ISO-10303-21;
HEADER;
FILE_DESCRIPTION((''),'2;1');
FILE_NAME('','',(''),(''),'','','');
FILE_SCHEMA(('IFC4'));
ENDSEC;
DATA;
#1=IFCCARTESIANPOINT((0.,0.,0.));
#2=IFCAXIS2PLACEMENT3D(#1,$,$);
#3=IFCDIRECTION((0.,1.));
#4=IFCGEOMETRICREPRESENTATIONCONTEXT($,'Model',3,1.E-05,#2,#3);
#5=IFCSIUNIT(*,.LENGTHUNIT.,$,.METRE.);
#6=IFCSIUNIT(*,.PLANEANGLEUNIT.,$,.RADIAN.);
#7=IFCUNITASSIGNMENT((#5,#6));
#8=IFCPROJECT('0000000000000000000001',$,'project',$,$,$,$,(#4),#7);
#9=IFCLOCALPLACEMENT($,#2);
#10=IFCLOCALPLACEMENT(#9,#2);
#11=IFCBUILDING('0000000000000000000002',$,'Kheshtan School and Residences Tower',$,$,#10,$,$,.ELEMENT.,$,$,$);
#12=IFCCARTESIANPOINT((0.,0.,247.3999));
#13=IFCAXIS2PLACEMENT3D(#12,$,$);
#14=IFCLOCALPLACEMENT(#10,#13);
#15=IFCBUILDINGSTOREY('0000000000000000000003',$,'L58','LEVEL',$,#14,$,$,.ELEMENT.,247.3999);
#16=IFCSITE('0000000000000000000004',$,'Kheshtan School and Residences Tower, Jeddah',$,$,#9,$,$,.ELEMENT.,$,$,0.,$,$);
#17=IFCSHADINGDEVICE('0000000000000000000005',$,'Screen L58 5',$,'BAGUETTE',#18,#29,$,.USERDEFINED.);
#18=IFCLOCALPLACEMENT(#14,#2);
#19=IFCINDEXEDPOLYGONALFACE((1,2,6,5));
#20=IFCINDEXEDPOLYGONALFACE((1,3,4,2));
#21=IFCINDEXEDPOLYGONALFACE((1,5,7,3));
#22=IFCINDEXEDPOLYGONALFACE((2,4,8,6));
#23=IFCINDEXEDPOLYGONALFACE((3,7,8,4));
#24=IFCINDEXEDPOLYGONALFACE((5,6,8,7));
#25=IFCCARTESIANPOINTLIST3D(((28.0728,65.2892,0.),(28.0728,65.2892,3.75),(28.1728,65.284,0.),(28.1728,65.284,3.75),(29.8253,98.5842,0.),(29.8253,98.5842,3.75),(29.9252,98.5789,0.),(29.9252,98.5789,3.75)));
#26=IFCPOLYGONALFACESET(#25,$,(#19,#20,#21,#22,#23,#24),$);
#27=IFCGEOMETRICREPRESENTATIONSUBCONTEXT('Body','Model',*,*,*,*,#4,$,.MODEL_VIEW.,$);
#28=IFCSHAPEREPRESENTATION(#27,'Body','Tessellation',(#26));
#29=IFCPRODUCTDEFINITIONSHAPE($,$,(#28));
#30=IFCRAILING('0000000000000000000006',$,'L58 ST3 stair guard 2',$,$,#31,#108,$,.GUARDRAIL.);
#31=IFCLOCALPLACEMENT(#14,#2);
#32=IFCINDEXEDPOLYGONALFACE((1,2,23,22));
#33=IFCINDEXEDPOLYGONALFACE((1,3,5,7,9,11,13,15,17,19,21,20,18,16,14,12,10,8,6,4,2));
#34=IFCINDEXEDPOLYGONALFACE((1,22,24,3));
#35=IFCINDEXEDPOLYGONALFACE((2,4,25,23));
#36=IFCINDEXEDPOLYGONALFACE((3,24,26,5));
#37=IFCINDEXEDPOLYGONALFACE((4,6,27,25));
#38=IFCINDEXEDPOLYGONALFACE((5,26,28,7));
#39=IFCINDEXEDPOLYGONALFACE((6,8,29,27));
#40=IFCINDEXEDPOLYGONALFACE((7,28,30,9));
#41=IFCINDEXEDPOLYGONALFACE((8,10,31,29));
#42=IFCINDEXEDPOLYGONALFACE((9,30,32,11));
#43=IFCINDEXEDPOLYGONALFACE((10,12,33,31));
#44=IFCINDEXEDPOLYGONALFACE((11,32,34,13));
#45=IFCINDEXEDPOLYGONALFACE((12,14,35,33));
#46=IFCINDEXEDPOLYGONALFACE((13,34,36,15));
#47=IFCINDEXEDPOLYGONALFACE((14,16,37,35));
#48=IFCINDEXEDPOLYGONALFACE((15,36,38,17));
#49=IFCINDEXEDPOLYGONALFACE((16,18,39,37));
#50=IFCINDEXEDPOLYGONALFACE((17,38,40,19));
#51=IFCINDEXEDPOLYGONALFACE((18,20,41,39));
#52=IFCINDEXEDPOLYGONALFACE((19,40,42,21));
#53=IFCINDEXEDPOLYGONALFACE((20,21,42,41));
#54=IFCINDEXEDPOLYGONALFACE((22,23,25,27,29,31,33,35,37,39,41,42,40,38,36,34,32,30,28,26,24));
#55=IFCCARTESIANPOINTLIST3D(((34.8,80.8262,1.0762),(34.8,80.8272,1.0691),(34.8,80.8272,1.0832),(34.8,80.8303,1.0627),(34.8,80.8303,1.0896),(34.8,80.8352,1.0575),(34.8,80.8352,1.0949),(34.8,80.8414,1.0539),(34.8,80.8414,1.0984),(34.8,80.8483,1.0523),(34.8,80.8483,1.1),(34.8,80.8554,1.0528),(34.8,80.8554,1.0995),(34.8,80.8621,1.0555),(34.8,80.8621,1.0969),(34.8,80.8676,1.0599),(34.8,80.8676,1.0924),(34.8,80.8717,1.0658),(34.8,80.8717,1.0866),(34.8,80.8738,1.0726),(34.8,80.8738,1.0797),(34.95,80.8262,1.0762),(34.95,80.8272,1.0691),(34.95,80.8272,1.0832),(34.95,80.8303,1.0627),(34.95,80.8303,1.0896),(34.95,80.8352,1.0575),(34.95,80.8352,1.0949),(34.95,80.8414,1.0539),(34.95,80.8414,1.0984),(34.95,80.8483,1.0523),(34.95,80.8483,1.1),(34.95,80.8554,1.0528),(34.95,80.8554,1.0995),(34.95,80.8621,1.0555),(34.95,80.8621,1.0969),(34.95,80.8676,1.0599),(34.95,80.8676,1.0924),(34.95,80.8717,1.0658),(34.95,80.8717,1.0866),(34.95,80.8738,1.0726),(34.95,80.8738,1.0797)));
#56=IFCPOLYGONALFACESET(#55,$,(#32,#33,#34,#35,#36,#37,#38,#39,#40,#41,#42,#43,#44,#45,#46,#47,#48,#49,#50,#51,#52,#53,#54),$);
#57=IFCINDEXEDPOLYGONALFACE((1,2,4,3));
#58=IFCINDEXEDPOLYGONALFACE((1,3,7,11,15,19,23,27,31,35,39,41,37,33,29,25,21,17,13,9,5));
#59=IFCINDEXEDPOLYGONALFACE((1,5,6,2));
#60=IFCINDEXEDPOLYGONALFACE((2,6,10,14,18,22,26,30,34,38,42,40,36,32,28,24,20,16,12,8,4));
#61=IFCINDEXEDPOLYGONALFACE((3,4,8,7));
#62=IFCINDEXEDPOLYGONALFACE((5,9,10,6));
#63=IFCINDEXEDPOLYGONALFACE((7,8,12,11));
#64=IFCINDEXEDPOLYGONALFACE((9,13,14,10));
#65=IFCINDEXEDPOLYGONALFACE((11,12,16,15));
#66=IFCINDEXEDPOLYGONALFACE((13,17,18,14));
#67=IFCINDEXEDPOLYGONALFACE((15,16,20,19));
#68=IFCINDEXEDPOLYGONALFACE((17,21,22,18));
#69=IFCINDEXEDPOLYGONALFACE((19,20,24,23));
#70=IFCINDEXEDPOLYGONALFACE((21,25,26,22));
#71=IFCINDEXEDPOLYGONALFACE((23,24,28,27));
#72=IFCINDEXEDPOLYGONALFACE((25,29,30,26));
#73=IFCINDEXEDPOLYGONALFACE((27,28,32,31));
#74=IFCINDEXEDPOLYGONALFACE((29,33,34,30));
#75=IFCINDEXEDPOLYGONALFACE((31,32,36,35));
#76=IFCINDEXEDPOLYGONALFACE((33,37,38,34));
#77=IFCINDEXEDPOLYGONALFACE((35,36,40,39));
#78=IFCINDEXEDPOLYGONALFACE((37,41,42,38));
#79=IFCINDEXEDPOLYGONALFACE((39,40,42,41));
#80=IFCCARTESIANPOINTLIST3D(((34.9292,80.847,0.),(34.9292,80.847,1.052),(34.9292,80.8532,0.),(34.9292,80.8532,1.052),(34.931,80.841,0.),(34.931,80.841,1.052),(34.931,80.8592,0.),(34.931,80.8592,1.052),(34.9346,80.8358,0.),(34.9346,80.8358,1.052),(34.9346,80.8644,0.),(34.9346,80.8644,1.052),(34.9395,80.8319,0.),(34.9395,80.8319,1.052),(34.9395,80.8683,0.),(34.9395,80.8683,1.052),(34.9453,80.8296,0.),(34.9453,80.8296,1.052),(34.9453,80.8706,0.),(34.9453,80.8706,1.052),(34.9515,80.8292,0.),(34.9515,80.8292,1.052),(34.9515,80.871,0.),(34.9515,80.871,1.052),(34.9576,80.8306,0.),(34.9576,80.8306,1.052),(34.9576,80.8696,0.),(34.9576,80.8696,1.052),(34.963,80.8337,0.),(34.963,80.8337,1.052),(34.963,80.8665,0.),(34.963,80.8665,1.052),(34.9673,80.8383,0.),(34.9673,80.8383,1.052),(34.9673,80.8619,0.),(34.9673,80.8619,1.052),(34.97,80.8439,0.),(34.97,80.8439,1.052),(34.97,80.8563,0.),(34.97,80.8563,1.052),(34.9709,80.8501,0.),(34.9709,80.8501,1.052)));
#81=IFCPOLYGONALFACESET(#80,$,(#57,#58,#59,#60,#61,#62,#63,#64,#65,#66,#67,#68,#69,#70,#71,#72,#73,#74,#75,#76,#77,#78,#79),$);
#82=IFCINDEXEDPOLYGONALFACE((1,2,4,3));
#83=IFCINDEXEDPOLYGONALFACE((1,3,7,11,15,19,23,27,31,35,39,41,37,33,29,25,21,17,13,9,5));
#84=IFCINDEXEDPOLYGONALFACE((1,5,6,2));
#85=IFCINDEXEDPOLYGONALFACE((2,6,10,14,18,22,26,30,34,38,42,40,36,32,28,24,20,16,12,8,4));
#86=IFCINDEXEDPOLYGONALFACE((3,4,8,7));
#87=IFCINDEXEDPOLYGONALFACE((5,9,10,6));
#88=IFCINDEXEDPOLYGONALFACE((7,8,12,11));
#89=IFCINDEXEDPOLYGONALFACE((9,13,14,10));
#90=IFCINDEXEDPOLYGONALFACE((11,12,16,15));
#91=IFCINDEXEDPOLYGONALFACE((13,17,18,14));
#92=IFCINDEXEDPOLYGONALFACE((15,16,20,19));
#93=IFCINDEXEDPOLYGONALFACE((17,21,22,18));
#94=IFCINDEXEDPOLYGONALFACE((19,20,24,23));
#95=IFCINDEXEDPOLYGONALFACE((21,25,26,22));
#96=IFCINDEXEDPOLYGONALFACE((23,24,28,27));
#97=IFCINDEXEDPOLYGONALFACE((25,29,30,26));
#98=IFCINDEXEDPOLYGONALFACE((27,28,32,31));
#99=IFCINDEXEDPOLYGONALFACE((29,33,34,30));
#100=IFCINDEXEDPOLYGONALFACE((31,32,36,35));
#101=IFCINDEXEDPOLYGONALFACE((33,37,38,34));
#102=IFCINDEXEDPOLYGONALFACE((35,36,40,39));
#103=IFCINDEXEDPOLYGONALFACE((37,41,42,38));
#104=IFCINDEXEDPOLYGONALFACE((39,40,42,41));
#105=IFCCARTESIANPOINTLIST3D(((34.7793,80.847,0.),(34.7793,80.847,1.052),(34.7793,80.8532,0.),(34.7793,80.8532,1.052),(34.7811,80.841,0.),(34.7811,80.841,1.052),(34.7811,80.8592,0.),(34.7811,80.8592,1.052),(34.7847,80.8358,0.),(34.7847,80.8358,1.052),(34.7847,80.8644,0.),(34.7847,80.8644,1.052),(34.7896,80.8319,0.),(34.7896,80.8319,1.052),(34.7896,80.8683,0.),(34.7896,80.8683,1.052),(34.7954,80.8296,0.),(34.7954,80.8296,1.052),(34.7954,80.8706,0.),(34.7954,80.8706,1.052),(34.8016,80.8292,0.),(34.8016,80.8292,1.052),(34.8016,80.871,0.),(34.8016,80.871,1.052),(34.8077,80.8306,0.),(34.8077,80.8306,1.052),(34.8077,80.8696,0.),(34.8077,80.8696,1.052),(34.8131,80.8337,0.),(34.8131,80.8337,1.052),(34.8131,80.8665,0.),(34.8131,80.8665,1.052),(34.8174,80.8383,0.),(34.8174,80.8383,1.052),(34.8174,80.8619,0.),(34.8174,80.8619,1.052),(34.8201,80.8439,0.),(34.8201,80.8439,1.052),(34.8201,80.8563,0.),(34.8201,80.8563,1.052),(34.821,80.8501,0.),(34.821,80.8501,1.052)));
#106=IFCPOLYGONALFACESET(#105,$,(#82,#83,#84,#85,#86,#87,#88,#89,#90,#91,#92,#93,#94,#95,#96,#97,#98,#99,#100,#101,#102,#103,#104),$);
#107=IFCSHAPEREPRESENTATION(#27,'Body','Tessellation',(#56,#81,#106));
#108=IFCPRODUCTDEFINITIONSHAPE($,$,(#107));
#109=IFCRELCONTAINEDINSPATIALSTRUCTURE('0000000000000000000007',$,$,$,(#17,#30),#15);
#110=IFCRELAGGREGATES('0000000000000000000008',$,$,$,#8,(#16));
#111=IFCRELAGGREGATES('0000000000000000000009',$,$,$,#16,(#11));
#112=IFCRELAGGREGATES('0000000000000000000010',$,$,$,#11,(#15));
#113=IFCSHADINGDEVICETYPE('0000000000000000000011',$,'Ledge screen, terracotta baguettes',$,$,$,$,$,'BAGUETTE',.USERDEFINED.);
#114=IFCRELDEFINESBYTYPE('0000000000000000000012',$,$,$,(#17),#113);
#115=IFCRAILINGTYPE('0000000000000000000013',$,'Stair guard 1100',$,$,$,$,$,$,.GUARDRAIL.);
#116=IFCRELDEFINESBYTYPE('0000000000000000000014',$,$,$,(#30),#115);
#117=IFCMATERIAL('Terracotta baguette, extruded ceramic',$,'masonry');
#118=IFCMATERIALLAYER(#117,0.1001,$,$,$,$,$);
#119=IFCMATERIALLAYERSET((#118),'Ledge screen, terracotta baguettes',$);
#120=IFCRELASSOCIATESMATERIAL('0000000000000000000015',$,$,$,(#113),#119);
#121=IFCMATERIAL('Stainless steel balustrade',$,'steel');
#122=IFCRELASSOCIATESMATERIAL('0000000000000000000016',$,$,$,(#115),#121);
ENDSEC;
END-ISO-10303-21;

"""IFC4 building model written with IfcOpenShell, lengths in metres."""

from ifc_helpers import new_model, si_unit, direction, frame, origin, origin_2d, place, context, subcontext, project, spatial, rectangle, circle, extrude, material, layer, layer_set, type_object, element, save


model = new_model("IFC4")

# Units and contexts
model_context = context("Model", 3, precision=1e-05, world=origin(), true_north=direction((0.0, 1.0)))
body_context = subcontext(model_context, "Body", "Model", "MODEL_VIEW")
ifc_project = project(units=[si_unit("LENGTHUNIT", "METRE"), si_unit("PLANEANGLEUNIT", "RADIAN")], contexts=[model_context])

# Site, building, storey
site_placement = place(None, origin())
site = spatial("IfcSite", under=ifc_project, at=site_placement, Name="Kheshtan School and Residences Tower, Jeddah", CompositionType="ELEMENT", RefElevation=0.0)
building_placement = place(site_placement, origin())
building = spatial("IfcBuilding", under=site, at=building_placement, Name="Kheshtan School and Residences Tower", CompositionType="ELEMENT")
storey_placement = place(building_placement, frame((0.0, 0.0, 247.3999)))
storey = spatial("IfcBuildingStorey", under=building, at=storey_placement, Name="L58", Description="LEVEL", CompositionType="ELEMENT", Elevation=247.3999)

# Shading device
ifc_material_1 = material(Name="Terracotta baguette, extruded ceramic", Category="masonry")
ifc_layer_1 = layer(ifc_material_1, 0.1001)
ifc_layer_set_1 = layer_set([ifc_layer_1], Name="Ledge screen, terracotta baguettes")
shading_device_type = type_object("IfcShadingDeviceType", Name="Ledge screen, terracotta baguettes", ElementType="BAGUETTE", PredefinedType="USERDEFINED", material=ifc_layer_set_1)
shading_device_placement = place(storey_placement, frame((28.999, 81.9341, 0.0), z_axis=(0.0, 0.0, 1.0), x_axis=(0.052563, 0.998618, 0.0)))
element("IfcShadingDevice", 1, at=shading_device_placement, inside=storey, type_object=shading_device_type, Name="Screen L58 5", ObjectType="BAGUETTE", PredefinedType="USERDEFINED", context=body_context, shape_type="SweptSolid", body=[
    extrude(rectangle(XDim=33.3411, YDim=0.1001, at=origin_2d()), origin(), (0.0, 0.0, 1.0), 3.75),
])

# Railing
ifc_material_2 = material(Name="Stainless steel balustrade", Category="steel")
railing_type_1 = type_object("IfcRailingType", Name="Stair guard 1100", PredefinedType="GUARDRAIL", material=ifc_material_2)
railing_1_placement = place(storey_placement, frame((34.95, 80.8501, 0.0)))
element("IfcRailing", 2, at=railing_1_placement, inside=storey, type_object=railing_type_1, Name="L58 ST3 stair guard 2", PredefinedType="GUARDRAIL", context=body_context, shape_type="SweptSolid", body=[
    extrude(circle(Radius=0.0239, at=origin_2d()), frame((0.0, 0.0, 1.0762), z_axis=(-1.0, 0.0, 0.0), x_axis=(0.0, -1.0, 0.0)), (0.0, 0.0, 1.0), 0.1499),
    extrude(circle(Radius=0.021, at=origin_2d()), origin(), (0.0, 0.0, 1.0), 1.052),
    extrude(circle(Radius=0.021, at=origin_2d()), frame((-0.1499, 0.0, 0.0)), (0.0, 0.0, 1.0), 1.052),
])

save(model, "model.ifc")
